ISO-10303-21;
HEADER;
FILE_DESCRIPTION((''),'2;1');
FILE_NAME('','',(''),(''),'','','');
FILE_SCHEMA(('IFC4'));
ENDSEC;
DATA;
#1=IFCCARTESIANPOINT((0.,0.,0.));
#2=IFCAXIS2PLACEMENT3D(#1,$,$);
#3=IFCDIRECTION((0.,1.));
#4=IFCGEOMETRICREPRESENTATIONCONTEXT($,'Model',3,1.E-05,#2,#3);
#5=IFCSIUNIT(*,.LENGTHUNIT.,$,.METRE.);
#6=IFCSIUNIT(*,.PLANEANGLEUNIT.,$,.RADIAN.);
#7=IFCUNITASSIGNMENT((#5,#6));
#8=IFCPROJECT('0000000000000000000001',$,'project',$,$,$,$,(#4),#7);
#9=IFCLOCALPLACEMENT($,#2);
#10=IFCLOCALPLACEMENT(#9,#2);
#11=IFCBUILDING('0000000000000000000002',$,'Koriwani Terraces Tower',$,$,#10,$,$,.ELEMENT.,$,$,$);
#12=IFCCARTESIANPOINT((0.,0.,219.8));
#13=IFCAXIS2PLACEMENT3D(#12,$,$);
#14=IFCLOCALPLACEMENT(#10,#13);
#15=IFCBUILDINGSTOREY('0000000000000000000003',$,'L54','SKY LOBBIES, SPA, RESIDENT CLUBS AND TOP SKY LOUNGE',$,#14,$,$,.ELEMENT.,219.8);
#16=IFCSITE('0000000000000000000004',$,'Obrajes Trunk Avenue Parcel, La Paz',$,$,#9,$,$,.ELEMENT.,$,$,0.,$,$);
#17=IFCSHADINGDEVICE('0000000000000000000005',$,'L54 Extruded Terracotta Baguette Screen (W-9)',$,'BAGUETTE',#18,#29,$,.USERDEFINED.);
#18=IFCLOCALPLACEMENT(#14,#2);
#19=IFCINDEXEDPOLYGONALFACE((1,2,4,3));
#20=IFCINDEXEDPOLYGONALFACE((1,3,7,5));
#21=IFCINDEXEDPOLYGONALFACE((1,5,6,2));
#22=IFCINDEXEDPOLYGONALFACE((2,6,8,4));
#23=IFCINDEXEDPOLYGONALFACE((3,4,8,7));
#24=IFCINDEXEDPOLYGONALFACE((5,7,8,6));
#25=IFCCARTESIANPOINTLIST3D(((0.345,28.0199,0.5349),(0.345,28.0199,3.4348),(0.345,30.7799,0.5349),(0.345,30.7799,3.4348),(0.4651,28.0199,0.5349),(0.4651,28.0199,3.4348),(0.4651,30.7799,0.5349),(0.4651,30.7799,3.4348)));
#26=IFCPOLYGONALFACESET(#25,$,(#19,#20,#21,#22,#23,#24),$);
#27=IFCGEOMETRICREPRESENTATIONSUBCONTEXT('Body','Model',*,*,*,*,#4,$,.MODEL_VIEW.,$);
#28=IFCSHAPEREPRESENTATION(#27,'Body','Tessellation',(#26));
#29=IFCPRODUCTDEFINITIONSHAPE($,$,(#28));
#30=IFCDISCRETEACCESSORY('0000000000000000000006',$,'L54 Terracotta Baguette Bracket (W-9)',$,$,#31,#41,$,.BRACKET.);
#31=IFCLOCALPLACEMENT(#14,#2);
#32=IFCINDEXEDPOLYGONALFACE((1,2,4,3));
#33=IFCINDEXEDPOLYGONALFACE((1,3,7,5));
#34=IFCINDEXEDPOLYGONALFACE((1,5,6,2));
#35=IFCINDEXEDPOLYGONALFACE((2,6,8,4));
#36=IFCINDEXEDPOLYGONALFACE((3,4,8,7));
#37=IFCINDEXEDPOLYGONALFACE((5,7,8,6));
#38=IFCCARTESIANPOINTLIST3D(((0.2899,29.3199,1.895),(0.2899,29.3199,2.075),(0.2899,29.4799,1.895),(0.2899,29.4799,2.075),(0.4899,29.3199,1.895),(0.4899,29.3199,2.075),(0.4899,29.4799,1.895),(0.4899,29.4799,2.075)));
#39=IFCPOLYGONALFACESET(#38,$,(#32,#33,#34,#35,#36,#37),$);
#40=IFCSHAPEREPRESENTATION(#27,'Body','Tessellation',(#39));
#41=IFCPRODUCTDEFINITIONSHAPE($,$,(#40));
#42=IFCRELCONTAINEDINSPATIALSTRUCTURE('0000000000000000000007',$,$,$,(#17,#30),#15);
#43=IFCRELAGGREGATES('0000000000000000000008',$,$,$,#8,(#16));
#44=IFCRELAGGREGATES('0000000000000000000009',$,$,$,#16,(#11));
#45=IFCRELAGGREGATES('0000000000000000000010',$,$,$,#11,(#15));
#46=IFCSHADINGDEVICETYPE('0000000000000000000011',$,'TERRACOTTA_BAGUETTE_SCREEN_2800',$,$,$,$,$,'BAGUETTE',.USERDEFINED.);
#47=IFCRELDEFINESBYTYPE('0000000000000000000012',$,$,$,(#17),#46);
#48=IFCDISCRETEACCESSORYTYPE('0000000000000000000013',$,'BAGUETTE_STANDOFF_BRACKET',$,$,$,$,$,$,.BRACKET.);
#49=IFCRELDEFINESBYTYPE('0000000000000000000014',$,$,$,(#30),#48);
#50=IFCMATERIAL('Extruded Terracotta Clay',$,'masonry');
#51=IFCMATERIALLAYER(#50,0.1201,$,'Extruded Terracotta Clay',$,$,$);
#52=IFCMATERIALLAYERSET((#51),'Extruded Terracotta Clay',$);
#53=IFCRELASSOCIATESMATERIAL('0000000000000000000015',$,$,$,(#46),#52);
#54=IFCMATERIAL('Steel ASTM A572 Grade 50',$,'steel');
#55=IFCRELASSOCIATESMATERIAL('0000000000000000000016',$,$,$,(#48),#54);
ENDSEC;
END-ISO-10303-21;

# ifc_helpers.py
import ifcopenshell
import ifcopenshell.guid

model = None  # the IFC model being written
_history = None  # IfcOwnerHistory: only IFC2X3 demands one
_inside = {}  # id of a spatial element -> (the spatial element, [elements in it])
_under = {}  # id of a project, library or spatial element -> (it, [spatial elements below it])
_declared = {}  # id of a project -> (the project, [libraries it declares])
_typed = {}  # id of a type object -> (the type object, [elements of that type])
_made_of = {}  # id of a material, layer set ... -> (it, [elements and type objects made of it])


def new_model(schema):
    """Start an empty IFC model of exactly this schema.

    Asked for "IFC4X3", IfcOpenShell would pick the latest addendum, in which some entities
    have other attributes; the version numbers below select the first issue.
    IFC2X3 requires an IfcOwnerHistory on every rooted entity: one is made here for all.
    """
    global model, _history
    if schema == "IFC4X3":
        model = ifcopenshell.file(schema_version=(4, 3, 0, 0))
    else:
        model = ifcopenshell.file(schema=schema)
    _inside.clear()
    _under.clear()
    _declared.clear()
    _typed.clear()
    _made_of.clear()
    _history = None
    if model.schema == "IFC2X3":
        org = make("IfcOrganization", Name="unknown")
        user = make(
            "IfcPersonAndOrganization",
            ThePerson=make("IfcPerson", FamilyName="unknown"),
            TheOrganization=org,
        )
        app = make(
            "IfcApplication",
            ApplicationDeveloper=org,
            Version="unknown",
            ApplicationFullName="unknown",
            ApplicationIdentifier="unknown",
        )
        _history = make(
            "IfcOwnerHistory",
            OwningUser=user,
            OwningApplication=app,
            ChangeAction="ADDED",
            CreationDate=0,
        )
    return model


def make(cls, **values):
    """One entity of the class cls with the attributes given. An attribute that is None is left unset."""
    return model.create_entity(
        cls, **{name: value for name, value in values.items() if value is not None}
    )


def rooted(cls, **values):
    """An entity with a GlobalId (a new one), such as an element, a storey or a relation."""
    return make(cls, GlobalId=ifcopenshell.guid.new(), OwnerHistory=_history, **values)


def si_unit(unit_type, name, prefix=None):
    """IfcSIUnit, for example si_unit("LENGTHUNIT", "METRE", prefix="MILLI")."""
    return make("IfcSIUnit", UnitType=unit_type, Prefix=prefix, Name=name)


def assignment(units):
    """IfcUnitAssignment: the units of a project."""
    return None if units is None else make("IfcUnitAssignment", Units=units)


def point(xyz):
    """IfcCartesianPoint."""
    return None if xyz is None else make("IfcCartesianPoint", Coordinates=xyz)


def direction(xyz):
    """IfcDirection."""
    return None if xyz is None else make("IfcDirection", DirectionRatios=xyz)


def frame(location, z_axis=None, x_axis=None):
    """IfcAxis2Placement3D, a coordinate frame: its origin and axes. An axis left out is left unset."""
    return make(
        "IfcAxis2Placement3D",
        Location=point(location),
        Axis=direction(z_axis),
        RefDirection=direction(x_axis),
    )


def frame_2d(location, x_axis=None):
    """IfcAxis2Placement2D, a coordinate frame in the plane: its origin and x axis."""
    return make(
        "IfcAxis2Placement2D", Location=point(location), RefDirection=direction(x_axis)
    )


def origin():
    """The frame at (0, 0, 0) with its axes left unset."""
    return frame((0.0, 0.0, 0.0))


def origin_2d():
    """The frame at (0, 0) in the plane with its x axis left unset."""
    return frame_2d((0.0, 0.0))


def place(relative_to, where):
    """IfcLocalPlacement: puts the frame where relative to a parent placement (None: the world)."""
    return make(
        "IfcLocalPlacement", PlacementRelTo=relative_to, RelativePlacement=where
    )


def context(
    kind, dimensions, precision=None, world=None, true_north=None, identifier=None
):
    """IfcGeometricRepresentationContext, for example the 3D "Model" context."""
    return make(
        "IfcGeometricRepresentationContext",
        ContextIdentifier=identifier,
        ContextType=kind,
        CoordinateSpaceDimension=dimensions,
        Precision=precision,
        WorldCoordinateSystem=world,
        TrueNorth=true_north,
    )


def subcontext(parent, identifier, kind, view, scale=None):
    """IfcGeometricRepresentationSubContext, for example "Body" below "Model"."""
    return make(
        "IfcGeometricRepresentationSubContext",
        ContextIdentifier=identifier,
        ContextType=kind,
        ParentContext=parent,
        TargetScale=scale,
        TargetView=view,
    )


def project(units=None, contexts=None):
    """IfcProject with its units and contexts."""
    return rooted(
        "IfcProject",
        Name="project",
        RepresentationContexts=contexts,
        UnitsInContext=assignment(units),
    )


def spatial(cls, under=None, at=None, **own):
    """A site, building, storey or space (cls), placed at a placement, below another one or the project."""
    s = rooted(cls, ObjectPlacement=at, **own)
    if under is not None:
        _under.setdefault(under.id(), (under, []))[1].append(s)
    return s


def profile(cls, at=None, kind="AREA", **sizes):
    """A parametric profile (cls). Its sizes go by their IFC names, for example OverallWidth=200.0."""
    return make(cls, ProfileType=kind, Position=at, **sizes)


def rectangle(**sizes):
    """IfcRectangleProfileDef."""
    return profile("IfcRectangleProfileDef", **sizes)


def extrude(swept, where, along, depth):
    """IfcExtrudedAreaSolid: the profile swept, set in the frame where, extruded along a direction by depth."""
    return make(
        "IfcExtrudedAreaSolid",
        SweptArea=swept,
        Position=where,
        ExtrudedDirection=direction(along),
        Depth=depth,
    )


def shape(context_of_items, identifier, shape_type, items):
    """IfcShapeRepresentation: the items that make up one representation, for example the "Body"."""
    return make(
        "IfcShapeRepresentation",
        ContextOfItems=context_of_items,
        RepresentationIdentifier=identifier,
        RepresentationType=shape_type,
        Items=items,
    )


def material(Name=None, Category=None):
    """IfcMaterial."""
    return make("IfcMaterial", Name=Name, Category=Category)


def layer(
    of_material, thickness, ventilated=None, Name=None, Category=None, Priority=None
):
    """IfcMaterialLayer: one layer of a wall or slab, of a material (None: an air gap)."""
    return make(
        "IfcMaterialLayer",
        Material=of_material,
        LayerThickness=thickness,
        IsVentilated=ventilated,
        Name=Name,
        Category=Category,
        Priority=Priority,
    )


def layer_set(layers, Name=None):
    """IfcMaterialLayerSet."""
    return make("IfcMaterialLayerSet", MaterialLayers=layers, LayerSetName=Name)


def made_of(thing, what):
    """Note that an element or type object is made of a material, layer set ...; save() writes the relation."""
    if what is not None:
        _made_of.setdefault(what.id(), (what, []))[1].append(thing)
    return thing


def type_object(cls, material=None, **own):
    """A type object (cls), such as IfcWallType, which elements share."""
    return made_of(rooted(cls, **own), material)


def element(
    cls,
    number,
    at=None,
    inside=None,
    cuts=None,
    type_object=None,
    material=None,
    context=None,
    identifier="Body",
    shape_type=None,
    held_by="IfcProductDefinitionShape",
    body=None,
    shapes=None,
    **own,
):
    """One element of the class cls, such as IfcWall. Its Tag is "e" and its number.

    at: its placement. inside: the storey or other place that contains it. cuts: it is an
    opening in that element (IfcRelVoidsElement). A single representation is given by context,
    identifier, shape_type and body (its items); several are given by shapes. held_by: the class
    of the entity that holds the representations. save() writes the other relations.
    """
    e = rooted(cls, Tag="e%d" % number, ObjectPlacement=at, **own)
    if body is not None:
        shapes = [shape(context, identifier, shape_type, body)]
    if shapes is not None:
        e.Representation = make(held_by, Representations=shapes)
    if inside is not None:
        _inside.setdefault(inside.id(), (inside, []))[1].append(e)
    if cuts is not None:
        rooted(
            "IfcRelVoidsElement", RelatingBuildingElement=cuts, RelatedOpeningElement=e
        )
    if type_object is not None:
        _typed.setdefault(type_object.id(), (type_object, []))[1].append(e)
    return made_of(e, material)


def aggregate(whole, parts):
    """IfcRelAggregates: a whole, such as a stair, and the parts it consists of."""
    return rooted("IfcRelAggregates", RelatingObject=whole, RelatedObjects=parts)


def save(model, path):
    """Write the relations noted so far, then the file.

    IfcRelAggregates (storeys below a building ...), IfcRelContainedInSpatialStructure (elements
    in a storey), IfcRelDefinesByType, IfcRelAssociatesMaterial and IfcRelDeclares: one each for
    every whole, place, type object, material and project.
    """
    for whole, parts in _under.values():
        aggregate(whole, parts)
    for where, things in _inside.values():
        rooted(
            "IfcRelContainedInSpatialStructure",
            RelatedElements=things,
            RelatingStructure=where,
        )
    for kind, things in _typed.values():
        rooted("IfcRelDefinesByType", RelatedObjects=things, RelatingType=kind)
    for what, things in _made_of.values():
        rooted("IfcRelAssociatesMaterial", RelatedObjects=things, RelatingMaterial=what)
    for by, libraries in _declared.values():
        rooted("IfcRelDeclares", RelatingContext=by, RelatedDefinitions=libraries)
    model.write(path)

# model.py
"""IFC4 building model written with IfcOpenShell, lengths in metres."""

from ifc_helpers import new_model, si_unit, direction, frame, origin, origin_2d, place, context, subcontext, project, spatial, rectangle, extrude, material, layer, layer_set, type_object, element, save


model = new_model("IFC4")

# Units and contexts
model_context = context("Model", 3, precision=1e-05, world=origin(), true_north=direction((0.0, 1.0)))
body_context = subcontext(model_context, "Body", "Model", "MODEL_VIEW")
ifc_project = project(units=[si_unit("LENGTHUNIT", "METRE"), si_unit("PLANEANGLEUNIT", "RADIAN")], contexts=[model_context])

# Site, building, storey
site_placement = place(None, origin())
site = spatial("IfcSite", under=ifc_project, at=site_placement, Name="Obrajes Trunk Avenue Parcel, La Paz", CompositionType="ELEMENT", RefElevation=0.0)
building_placement = place(site_placement, origin())
building = spatial("IfcBuilding", under=site, at=building_placement, Name="Koriwani Terraces Tower", CompositionType="ELEMENT")
storey_placement = place(building_placement, frame((0.0, 0.0, 219.8)))
storey = spatial("IfcBuildingStorey", under=building, at=storey_placement, Name="L54", Description="SKY LOBBIES, SPA, RESIDENT CLUBS AND TOP SKY LOUNGE", CompositionType="ELEMENT", Elevation=219.8)

# Shared definitions
ifc_material_1 = material(Name="Steel ASTM A572 Grade 50", Category="steel")

# Shading device
ifc_material_2 = material(Name="Extruded Terracotta Clay", Category="masonry")
ifc_layer_1 = layer(ifc_material_2, 0.1201, Name="Extruded Terracotta Clay")
ifc_layer_set_1 = layer_set([ifc_layer_1], Name="Extruded Terracotta Clay")
shading_device_type = type_object("IfcShadingDeviceType", Name="TERRACOTTA_BAGUETTE_SCREEN_2800", ElementType="BAGUETTE", PredefinedType="USERDEFINED", material=ifc_layer_set_1)
shading_device_placement = place(storey_placement, frame((0.405, 29.3999, 0.5349), z_axis=(0.0, 0.0, 1.0), x_axis=(0.0, 1.0, 0.0)))
element("IfcShadingDevice", 1, at=shading_device_placement, inside=storey, type_object=shading_device_type, Name="L54 Extruded Terracotta Baguette Screen (W-9)", ObjectType="BAGUETTE", PredefinedType="USERDEFINED", context=body_context, shape_type="SweptSolid", body=[
    extrude(rectangle(XDim=2.76, YDim=0.1201, at=origin_2d()), origin(), (0.0, 0.0, 1.0), 2.8999),
])

# Discrete accessory
discrete_accessory_type = type_object("IfcDiscreteAccessoryType", Name="BAGUETTE_STANDOFF_BRACKET", PredefinedType="BRACKET", material=ifc_material_1)
discrete_accessory_placement = place(storey_placement, frame((0.3899, 29.3999, 1.895), z_axis=(0.0, 0.0, 1.0), x_axis=(0.0, 1.0, 0.0)))
element("IfcDiscreteAccessory", 2, at=discrete_accessory_placement, inside=storey, type_object=discrete_accessory_type, Name="L54 Terracotta Baguette Bracket (W-9)", PredefinedType="BRACKET", context=body_context, shape_type="SweptSolid", body=[
    extrude(rectangle(XDim=0.1599, YDim=0.2, at=origin_2d()), origin(), (0.0, 0.0, 1.0), 0.1799),
])

save(model, "model.ifc")
